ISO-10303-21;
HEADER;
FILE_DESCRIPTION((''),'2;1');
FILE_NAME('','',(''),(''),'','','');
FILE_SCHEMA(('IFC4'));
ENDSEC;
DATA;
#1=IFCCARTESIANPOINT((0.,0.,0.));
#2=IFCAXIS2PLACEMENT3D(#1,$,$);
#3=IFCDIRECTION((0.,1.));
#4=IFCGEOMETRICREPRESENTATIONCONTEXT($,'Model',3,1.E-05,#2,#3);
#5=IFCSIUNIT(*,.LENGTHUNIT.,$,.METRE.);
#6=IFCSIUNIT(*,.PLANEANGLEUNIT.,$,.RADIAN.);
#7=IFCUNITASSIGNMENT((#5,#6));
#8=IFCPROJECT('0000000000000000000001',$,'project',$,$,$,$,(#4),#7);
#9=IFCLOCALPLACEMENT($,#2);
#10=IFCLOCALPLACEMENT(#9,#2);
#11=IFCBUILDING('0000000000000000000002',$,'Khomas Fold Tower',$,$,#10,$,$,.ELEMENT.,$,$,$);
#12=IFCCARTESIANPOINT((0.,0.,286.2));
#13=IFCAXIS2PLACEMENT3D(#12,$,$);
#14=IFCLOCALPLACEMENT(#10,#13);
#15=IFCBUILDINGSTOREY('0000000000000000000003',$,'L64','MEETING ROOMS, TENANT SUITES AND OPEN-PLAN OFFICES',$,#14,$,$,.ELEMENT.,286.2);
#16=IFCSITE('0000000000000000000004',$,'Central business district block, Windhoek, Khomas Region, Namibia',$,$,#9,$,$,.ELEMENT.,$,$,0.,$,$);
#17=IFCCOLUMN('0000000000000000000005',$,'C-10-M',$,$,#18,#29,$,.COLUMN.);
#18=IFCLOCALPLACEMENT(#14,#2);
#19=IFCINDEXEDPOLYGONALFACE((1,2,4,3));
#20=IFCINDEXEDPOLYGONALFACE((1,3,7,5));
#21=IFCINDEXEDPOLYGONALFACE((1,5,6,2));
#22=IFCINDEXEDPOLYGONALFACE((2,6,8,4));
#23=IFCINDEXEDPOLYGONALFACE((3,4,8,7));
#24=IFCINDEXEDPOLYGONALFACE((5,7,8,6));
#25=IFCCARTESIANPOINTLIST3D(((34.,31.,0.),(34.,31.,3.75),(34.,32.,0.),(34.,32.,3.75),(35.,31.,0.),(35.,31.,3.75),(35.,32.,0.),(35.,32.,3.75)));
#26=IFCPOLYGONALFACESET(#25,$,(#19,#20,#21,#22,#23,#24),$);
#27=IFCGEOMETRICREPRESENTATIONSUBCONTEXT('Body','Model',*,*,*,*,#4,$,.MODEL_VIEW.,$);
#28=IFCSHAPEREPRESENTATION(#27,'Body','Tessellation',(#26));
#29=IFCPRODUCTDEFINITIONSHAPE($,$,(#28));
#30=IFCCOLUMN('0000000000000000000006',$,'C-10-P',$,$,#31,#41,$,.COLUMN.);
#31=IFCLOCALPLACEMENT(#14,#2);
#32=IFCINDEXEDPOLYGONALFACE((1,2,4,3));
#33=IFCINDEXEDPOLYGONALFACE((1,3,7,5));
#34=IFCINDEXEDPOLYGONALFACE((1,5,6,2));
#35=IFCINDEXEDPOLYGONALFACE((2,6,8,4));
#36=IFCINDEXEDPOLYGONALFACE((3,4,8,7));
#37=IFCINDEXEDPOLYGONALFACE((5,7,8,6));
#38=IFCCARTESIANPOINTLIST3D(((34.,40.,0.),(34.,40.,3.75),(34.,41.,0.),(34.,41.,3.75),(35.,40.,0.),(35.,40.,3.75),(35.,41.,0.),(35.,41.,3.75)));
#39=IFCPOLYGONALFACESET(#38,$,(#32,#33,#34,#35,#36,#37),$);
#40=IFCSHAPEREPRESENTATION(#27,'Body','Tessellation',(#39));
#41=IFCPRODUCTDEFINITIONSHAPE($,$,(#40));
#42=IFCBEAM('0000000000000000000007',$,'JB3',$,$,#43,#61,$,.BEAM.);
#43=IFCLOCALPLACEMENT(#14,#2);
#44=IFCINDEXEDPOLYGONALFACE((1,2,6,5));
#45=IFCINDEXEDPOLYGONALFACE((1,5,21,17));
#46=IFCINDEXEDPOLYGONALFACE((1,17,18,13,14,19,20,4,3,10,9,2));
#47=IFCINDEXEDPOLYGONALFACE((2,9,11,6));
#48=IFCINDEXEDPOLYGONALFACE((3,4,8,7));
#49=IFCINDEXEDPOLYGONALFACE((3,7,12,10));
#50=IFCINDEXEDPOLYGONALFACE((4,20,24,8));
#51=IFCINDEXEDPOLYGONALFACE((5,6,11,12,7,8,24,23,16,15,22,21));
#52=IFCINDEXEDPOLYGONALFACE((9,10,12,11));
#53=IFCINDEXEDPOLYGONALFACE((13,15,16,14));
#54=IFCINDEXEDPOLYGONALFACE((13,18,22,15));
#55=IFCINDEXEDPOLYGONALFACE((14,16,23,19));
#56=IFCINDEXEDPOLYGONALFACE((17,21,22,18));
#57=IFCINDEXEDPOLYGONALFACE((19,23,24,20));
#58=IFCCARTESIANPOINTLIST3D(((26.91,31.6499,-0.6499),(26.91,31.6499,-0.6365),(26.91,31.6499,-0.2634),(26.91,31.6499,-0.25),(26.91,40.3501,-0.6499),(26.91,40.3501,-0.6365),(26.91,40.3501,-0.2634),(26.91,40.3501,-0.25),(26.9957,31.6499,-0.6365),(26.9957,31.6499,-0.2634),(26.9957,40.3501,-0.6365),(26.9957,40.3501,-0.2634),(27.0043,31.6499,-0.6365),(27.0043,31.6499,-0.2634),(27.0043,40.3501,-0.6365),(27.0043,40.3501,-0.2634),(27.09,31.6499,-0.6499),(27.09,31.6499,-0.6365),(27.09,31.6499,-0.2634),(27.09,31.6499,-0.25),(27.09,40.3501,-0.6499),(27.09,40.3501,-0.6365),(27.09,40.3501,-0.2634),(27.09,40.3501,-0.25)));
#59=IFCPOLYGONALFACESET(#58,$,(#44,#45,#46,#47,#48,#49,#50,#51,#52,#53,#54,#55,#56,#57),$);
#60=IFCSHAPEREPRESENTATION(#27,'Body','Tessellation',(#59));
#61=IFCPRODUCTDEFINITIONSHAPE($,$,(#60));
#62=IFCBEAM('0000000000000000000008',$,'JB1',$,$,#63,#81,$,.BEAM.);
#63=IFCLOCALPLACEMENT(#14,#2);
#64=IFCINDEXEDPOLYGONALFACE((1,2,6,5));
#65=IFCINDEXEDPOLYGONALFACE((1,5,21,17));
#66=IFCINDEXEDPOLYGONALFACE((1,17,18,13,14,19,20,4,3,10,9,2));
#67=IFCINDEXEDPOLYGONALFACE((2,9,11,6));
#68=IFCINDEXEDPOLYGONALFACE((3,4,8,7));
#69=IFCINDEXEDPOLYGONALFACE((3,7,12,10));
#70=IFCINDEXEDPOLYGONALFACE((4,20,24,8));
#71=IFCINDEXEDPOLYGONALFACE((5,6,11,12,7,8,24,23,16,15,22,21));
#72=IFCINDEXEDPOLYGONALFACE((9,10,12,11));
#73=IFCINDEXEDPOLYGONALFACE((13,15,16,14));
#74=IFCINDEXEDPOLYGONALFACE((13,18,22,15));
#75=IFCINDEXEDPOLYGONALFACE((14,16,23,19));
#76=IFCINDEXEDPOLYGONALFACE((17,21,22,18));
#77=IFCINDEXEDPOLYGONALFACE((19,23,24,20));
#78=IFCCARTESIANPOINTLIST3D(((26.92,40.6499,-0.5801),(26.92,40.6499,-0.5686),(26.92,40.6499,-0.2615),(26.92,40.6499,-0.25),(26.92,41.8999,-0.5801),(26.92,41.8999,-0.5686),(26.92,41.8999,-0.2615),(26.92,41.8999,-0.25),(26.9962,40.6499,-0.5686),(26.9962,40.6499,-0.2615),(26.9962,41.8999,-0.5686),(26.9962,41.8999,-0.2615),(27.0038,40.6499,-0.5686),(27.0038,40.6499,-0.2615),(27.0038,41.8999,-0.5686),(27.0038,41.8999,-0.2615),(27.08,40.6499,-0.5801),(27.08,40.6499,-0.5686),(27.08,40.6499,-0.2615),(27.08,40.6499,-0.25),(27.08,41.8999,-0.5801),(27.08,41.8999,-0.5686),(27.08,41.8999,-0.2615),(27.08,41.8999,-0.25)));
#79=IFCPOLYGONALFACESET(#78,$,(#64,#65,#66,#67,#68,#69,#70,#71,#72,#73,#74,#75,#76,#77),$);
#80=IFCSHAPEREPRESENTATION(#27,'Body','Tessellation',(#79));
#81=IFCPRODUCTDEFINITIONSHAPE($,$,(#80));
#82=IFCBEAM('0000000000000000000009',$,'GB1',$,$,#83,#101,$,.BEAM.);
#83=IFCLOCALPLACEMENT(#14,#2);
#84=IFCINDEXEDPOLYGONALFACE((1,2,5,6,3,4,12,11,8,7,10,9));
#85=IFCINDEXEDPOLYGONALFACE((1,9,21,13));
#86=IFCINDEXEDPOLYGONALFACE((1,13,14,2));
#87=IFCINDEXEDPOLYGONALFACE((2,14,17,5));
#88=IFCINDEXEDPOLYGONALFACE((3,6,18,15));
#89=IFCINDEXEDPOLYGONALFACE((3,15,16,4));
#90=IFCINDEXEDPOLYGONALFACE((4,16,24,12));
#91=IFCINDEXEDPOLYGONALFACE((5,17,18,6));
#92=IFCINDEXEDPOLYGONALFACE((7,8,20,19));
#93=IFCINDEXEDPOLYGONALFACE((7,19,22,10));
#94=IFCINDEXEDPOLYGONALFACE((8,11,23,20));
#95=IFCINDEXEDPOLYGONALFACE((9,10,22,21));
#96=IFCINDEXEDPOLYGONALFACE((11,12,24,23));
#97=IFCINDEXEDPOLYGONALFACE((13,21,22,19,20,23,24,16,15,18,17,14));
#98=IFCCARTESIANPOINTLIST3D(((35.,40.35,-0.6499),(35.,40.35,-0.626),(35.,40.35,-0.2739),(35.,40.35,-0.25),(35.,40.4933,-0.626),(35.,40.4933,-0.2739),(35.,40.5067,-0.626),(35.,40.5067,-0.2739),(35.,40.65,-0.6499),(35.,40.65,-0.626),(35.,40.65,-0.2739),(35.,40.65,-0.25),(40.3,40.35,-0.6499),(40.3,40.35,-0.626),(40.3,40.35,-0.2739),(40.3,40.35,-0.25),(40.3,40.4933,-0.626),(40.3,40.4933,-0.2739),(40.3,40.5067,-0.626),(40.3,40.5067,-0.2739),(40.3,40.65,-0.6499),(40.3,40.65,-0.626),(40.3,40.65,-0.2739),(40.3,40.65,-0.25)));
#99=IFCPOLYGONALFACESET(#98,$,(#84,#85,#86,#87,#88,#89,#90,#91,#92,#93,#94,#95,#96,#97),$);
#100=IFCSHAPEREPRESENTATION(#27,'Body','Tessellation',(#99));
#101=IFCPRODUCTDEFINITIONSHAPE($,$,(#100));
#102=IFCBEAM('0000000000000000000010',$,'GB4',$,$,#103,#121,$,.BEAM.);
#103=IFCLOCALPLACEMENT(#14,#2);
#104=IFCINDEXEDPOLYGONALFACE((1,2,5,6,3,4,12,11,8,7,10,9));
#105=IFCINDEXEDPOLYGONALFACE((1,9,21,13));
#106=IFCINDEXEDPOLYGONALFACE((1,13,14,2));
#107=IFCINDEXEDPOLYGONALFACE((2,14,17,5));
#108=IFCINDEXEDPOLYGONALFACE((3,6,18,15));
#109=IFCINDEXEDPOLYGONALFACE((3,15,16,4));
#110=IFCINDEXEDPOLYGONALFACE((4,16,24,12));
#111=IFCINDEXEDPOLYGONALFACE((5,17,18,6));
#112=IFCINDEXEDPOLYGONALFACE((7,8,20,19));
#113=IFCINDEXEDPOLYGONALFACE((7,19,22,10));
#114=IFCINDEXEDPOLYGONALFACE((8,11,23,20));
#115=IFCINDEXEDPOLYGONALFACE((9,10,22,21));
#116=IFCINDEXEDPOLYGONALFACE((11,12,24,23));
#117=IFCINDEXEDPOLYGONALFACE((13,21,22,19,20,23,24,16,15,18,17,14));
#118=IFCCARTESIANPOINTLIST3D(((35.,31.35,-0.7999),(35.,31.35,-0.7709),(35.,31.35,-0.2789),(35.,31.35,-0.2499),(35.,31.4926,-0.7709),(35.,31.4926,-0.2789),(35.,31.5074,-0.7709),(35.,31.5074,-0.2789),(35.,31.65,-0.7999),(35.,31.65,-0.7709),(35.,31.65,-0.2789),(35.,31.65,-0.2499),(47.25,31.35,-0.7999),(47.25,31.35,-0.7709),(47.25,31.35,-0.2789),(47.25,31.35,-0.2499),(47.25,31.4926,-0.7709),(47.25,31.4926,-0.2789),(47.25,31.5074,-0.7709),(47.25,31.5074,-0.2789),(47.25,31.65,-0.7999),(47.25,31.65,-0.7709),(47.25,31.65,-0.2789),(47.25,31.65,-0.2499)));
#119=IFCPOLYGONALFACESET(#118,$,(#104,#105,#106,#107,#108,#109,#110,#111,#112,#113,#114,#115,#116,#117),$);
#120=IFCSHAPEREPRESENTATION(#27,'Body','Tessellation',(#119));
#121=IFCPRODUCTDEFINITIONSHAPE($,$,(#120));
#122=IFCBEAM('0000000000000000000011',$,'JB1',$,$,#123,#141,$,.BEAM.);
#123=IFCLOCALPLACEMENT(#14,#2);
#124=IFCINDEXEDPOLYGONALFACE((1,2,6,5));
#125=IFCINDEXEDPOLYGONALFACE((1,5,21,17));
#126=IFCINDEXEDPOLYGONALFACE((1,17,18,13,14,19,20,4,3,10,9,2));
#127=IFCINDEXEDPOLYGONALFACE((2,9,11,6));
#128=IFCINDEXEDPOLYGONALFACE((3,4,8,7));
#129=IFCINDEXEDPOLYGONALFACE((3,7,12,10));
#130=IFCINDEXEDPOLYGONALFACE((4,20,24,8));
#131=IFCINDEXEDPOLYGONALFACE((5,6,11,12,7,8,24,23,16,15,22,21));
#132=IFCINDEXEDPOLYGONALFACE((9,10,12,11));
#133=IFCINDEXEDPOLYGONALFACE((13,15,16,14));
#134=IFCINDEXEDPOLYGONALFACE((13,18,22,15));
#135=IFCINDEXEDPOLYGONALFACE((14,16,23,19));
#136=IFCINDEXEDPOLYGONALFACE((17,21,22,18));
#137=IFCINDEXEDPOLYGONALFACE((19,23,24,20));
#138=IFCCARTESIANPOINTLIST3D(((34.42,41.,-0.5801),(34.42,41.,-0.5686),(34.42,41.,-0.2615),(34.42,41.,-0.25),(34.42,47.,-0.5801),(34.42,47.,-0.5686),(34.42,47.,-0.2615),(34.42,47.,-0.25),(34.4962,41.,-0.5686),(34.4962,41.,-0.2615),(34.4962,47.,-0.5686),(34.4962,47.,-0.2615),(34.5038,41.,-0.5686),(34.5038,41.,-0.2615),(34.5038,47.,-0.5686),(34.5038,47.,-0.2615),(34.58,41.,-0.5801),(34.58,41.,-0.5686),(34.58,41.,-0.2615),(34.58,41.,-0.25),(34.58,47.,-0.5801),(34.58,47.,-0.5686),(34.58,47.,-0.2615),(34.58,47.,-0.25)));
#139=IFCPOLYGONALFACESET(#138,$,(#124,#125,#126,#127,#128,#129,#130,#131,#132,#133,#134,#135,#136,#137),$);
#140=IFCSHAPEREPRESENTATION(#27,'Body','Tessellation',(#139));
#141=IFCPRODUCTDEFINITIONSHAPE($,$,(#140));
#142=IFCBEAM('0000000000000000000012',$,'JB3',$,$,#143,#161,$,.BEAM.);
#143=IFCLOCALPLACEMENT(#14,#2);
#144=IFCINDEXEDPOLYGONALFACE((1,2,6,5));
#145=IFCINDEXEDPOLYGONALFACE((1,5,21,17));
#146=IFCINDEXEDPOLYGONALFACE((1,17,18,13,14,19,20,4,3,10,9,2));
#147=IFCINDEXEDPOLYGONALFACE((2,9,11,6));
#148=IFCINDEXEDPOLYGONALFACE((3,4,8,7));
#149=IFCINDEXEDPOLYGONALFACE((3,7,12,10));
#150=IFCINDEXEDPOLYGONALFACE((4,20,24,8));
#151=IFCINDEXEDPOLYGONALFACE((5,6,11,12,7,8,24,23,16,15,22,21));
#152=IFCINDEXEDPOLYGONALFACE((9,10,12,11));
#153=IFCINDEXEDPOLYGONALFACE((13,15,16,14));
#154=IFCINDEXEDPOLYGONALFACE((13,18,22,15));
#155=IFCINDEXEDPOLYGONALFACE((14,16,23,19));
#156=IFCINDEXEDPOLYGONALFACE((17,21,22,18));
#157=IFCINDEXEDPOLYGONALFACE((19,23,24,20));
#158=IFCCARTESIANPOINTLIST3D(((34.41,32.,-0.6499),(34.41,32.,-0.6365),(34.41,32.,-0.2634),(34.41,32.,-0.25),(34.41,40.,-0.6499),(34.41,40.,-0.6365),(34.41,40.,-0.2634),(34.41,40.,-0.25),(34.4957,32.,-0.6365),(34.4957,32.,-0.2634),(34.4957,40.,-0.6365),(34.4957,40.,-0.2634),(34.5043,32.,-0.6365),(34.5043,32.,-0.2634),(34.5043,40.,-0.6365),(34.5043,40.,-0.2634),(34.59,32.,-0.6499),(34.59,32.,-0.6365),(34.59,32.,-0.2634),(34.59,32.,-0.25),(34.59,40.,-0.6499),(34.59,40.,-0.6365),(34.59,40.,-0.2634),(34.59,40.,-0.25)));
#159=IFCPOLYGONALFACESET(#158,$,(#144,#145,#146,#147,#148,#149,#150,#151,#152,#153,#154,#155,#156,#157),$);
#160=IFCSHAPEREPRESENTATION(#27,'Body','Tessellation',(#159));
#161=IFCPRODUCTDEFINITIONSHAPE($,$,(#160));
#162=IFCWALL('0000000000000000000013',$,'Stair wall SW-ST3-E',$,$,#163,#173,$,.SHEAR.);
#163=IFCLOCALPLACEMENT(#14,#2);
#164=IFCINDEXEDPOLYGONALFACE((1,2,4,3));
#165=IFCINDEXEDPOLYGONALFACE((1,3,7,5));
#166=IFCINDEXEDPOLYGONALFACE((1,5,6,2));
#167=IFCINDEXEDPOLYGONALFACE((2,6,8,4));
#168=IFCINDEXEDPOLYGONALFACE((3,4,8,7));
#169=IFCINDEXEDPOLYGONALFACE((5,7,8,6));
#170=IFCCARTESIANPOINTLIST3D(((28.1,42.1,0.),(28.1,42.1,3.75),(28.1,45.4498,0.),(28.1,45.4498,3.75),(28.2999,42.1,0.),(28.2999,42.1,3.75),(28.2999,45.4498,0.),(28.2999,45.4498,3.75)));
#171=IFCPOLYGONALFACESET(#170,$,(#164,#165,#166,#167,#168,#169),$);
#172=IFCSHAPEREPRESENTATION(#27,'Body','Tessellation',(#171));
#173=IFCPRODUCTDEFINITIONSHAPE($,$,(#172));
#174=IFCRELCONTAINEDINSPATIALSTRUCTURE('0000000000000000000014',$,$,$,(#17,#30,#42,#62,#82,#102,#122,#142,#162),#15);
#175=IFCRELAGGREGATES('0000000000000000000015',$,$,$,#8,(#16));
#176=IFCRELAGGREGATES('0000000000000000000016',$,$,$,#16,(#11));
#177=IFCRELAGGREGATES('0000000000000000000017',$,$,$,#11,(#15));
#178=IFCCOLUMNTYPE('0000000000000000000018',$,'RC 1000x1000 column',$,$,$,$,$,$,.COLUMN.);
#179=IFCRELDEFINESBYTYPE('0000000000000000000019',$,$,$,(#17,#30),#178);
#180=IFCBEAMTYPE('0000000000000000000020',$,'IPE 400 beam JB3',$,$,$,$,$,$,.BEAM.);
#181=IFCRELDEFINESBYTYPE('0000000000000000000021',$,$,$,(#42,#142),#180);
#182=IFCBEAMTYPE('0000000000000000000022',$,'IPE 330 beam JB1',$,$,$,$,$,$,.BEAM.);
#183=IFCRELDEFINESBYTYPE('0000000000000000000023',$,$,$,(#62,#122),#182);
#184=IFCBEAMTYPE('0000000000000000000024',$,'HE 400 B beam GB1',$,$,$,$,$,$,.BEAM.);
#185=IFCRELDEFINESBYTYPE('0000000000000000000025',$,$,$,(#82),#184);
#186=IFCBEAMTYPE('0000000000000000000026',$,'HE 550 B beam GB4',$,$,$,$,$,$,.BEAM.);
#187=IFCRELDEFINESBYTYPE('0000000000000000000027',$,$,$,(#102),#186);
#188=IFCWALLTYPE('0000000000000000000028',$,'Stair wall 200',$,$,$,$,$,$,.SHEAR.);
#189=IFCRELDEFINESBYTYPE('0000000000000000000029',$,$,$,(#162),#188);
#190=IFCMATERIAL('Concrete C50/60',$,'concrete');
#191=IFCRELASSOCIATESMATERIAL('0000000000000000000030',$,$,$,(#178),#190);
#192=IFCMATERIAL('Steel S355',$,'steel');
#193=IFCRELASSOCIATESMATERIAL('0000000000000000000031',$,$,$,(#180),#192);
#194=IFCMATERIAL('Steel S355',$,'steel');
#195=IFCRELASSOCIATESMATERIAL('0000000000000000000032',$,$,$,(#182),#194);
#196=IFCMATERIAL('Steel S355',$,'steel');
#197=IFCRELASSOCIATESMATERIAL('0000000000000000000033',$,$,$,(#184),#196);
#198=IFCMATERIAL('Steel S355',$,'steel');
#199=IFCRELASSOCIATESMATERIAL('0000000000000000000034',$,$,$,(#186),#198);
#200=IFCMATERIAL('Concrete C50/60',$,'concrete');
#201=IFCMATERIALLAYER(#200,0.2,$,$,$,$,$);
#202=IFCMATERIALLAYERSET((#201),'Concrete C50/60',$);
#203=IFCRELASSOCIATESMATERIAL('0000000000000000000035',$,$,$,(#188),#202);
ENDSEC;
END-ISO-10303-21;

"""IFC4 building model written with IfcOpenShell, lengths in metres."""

from ifc_helpers import new_model, si_unit, direction, frame, frame_2d, origin, origin_2d, place, context, subcontext, project, spatial, rectangle, i_section, extrude, source, transform, mapped, material, layer, layer_set, material_profile, profile_set, type_object, element, save


model = new_model("IFC4")

# Units and contexts
model_context = context("Model", 3, precision=1e-05, world=origin(), true_north=direction((0.0, 1.0)))
body_context = subcontext(model_context, "Body", "Model", "MODEL_VIEW")
ifc_project = project(units=[si_unit("LENGTHUNIT", "METRE"), si_unit("PLANEANGLEUNIT", "RADIAN")], contexts=[model_context])

# Site, building, storey
site_placement = place(None, origin())
site = spatial("IfcSite", under=ifc_project, at=site_placement, Name="Central business district block, Windhoek, Khomas Region, Namibia", CompositionType="ELEMENT", RefElevation=0.0)
building_placement = place(site_placement, origin())
building = spatial("IfcBuilding", under=site, at=building_placement, Name="Khomas Fold Tower", CompositionType="ELEMENT")
storey_placement = place(building_placement, frame((0.0, 0.0, 286.2)))
storey = spatial("IfcBuildingStorey", under=building, at=storey_placement, Name="L64", Description="MEETING ROOMS, TENANT SUITES AND OPEN-PLAN OFFICES", CompositionType="ELEMENT", Elevation=286.2)

# Columns
ifc_material_1 = material(Name="Concrete C50/60", Category="concrete")
ifc_material_profile_1 = material_profile(ifc_material_1, rectangle(XDim=1.0, YDim=1.0, at=origin_2d()), Name="RC 1000x1000")
ifc_profile_set_1 = profile_set([ifc_material_profile_1], Name="Concrete C50/60")
column_type = type_object("IfcColumnType", Name="RC 1000x1000 column", PredefinedType="COLUMN", material=ifc_profile_set_1)
shared_shape_1 = source(origin(), body_context, "Body", "SweptSolid", [
    extrude(rectangle(XDim=1.0, YDim=1.0, at=origin_2d()), origin(), (0.0, 0.0, 1.0), 3.75),
])
for number, where, z_axis, x_axis, name in (
    (1, (34.5, 31.5, 0.0), (0.0, 0.0, 1.0), (1.0, 0.0, 0.0), "C-10-M"),
    (2, (34.5, 40.5, 0.0), (0.0, 0.0, 1.0), (1.0, 0.0, 0.0), "C-10-P"),
):
    element("IfcColumn", number, at=place(storey_placement, frame(where, z_axis=z_axis, x_axis=x_axis)), inside=storey, type_object=column_type, Name=name, PredefinedType="COLUMN", context=body_context, shape_type="MappedRepresentation", body=[
        mapped(shared_shape_1, transform((0.0, 0.0, 0.0))),
    ])

# Beams
ifc_material_2 = material(Name="Steel S355", Category="steel")
ifc_material_profile_2 = material_profile(ifc_material_2, i_section(OverallWidth=0.1799, OverallDepth=0.3999, WebThickness=0.0085, FlangeThickness=0.0134, at=origin_2d()), Name="IPE 400")
ifc_profile_set_2 = profile_set([ifc_material_profile_2], Name="Steel S355")
beam_type_1 = type_object("IfcBeamType", Name="IPE 400 beam JB3", PredefinedType="BEAM", material=ifc_profile_set_2)
shared_shape_2 = source(origin(), body_context, "Body", "SweptSolid", [
    extrude(i_section(OverallWidth=0.1799, OverallDepth=0.3999, WebThickness=0.0085, FlangeThickness=0.0134, at=origin_2d()), origin(), (0.0, 0.0, 1.0), 8.7002),
])
beam_1_placement = place(storey_placement, frame((27.0, 31.6499, -0.45), z_axis=(0.0, 1.0, 0.0), x_axis=(-1.0, 0.0, 0.0)))
element("IfcBeam", 3, at=beam_1_placement, inside=storey, type_object=beam_type_1, Name="JB3", PredefinedType="BEAM", context=body_context, shape_type="MappedRepresentation", body=[
    mapped(shared_shape_2, transform((0.0, 0.0, 0.0))),
])
ifc_material_3 = material(Name="Steel S355", Category="steel")
ifc_material_profile_3 = material_profile(ifc_material_3, i_section(OverallWidth=0.1599, OverallDepth=0.3301, WebThickness=0.0076, FlangeThickness=0.0115, at=origin_2d()), Name="IPE 330")
ifc_profile_set_3 = profile_set([ifc_material_profile_3], Name="Steel S355")
beam_type_2 = type_object("IfcBeamType", Name="IPE 330 beam JB1", PredefinedType="BEAM", material=ifc_profile_set_3)
shared_shape_3 = source(origin(), body_context, "Body", "SweptSolid", [
    extrude(i_section(OverallWidth=0.1599, OverallDepth=0.3301, WebThickness=0.0076, FlangeThickness=0.0115, at=origin_2d()), origin(), (0.0, 0.0, 1.0), 1.25),
])
beam_2_placement = place(storey_placement, frame((27.0, 40.6499, -0.415), z_axis=(0.0, 1.0, 0.0), x_axis=(-1.0, 0.0, 0.0)))
element("IfcBeam", 4, at=beam_2_placement, inside=storey, type_object=beam_type_2, Name="JB1", PredefinedType="BEAM", context=body_context, shape_type="MappedRepresentation", body=[
    mapped(shared_shape_3, transform((0.0, 0.0, 0.0))),
])
ifc_material_4 = material(Name="Steel S355", Category="steel")
ifc_material_profile_4 = material_profile(ifc_material_4, i_section(OverallWidth=0.3, OverallDepth=0.3999, WebThickness=0.0134, FlangeThickness=0.0239, at=origin_2d()), Name="HE 400 B")
ifc_profile_set_4 = profile_set([ifc_material_profile_4], Name="Steel S355")
beam_type_3 = type_object("IfcBeamType", Name="HE 400 B beam GB1", PredefinedType="BEAM", material=ifc_profile_set_4)
shared_shape_4 = source(origin(), body_context, "Body", "SweptSolid", [
    extrude(i_section(OverallWidth=0.3, OverallDepth=0.3999, WebThickness=0.0134, FlangeThickness=0.0239, at=origin_2d()), origin(), (0.0, 0.0, 1.0), 5.3),
])
beam_3_placement = place(storey_placement, frame((35.0, 40.5, -0.45), z_axis=(1.0, 0.0, 0.0), x_axis=(0.0, 1.0, 0.0)))
element("IfcBeam", 5, at=beam_3_placement, inside=storey, type_object=beam_type_3, Name="GB1", PredefinedType="BEAM", context=body_context, shape_type="MappedRepresentation", body=[
    mapped(shared_shape_4, transform((0.0, 0.0, 0.0))),
])
ifc_material_5 = material(Name="Steel S355", Category="steel")
ifc_material_profile_5 = material_profile(ifc_material_5, i_section(OverallWidth=0.3, OverallDepth=0.55, WebThickness=0.0149, FlangeThickness=0.0291, at=origin_2d()), Name="HE 550 B")
ifc_profile_set_5 = profile_set([ifc_material_profile_5], Name="Steel S355")
beam_type_4 = type_object("IfcBeamType", Name="HE 550 B beam GB4", PredefinedType="BEAM", material=ifc_profile_set_5)
shared_shape_5 = source(origin(), body_context, "Body", "SweptSolid", [
    extrude(i_section(OverallWidth=0.3, OverallDepth=0.55, WebThickness=0.0149, FlangeThickness=0.0291, at=origin_2d()), origin(), (0.0, 0.0, 1.0), 12.25),
])
beam_4_placement = place(storey_placement, frame((35.0, 31.5, -0.5249), z_axis=(1.0, 0.0, 0.0), x_axis=(0.0, 1.0, 0.0)))
element("IfcBeam", 6, at=beam_4_placement, inside=storey, type_object=beam_type_4, Name="GB4", PredefinedType="BEAM", context=body_context, shape_type="MappedRepresentation", body=[
    mapped(shared_shape_5, transform((0.0, 0.0, 0.0))),
])
shared_shape_6 = source(origin(), body_context, "Body", "SweptSolid", [
    extrude(i_section(OverallWidth=0.1599, OverallDepth=0.3301, WebThickness=0.0076, FlangeThickness=0.0115, at=origin_2d()), origin(), (0.0, 0.0, 1.0), 6.0),
])
beam_5_placement = place(storey_placement, frame((34.5, 41.0, -0.415), z_axis=(0.0, 1.0, 0.0), x_axis=(-1.0, 0.0, 0.0)))
element("IfcBeam", 7, at=beam_5_placement, inside=storey, type_object=beam_type_2, Name="JB1", PredefinedType="BEAM", context=body_context, shape_type="MappedRepresentation", body=[
    mapped(shared_shape_6, transform((0.0, 0.0, 0.0))),
])
shared_shape_7 = source(origin(), body_context, "Body", "SweptSolid", [
    extrude(i_section(OverallWidth=0.1799, OverallDepth=0.3999, WebThickness=0.0085, FlangeThickness=0.0134, at=origin_2d()), origin(), (0.0, 0.0, 1.0), 8.0),
])
beam_6_placement = place(storey_placement, frame((34.5, 32.0, -0.45), z_axis=(0.0, 1.0, 0.0), x_axis=(-1.0, 0.0, 0.0)))
element("IfcBeam", 8, at=beam_6_placement, inside=storey, type_object=beam_type_1, Name="JB3", PredefinedType="BEAM", context=body_context, shape_type="MappedRepresentation", body=[
    mapped(shared_shape_7, transform((0.0, 0.0, 0.0))),
])

# Wall
ifc_material_6 = material(Name="Concrete C50/60", Category="concrete")
ifc_layer_1 = layer(ifc_material_6, 0.2)
ifc_layer_set_1 = layer_set([ifc_layer_1], Name="Concrete C50/60")
wall_type_1 = type_object("IfcWallType", Name="Stair wall 200", PredefinedType="SHEAR", material=ifc_layer_set_1)
shared_shape_8 = source(origin(), body_context, "Body", "SweptSolid", [
    extrude(rectangle(XDim=3.3499, YDim=0.2, at=frame_2d((1.6748, 0.0))), origin(), (0.0, 0.0, 1.0), 3.75),
])
wall_1_placement = place(storey_placement, frame((28.2, 42.1001, 0.0), z_axis=(0.0, 0.0, 1.0), x_axis=(0.0, 1.0, 0.0)))
element("IfcWall", 9, at=wall_1_placement, inside=storey, type_object=wall_type_1, Name="Stair wall SW-ST3-E", PredefinedType="SHEAR", context=body_context, shape_type="MappedRepresentation", body=[
    mapped(shared_shape_8, transform((0.0, 0.0, 0.0))),
])

save(model, "model.ifc")
